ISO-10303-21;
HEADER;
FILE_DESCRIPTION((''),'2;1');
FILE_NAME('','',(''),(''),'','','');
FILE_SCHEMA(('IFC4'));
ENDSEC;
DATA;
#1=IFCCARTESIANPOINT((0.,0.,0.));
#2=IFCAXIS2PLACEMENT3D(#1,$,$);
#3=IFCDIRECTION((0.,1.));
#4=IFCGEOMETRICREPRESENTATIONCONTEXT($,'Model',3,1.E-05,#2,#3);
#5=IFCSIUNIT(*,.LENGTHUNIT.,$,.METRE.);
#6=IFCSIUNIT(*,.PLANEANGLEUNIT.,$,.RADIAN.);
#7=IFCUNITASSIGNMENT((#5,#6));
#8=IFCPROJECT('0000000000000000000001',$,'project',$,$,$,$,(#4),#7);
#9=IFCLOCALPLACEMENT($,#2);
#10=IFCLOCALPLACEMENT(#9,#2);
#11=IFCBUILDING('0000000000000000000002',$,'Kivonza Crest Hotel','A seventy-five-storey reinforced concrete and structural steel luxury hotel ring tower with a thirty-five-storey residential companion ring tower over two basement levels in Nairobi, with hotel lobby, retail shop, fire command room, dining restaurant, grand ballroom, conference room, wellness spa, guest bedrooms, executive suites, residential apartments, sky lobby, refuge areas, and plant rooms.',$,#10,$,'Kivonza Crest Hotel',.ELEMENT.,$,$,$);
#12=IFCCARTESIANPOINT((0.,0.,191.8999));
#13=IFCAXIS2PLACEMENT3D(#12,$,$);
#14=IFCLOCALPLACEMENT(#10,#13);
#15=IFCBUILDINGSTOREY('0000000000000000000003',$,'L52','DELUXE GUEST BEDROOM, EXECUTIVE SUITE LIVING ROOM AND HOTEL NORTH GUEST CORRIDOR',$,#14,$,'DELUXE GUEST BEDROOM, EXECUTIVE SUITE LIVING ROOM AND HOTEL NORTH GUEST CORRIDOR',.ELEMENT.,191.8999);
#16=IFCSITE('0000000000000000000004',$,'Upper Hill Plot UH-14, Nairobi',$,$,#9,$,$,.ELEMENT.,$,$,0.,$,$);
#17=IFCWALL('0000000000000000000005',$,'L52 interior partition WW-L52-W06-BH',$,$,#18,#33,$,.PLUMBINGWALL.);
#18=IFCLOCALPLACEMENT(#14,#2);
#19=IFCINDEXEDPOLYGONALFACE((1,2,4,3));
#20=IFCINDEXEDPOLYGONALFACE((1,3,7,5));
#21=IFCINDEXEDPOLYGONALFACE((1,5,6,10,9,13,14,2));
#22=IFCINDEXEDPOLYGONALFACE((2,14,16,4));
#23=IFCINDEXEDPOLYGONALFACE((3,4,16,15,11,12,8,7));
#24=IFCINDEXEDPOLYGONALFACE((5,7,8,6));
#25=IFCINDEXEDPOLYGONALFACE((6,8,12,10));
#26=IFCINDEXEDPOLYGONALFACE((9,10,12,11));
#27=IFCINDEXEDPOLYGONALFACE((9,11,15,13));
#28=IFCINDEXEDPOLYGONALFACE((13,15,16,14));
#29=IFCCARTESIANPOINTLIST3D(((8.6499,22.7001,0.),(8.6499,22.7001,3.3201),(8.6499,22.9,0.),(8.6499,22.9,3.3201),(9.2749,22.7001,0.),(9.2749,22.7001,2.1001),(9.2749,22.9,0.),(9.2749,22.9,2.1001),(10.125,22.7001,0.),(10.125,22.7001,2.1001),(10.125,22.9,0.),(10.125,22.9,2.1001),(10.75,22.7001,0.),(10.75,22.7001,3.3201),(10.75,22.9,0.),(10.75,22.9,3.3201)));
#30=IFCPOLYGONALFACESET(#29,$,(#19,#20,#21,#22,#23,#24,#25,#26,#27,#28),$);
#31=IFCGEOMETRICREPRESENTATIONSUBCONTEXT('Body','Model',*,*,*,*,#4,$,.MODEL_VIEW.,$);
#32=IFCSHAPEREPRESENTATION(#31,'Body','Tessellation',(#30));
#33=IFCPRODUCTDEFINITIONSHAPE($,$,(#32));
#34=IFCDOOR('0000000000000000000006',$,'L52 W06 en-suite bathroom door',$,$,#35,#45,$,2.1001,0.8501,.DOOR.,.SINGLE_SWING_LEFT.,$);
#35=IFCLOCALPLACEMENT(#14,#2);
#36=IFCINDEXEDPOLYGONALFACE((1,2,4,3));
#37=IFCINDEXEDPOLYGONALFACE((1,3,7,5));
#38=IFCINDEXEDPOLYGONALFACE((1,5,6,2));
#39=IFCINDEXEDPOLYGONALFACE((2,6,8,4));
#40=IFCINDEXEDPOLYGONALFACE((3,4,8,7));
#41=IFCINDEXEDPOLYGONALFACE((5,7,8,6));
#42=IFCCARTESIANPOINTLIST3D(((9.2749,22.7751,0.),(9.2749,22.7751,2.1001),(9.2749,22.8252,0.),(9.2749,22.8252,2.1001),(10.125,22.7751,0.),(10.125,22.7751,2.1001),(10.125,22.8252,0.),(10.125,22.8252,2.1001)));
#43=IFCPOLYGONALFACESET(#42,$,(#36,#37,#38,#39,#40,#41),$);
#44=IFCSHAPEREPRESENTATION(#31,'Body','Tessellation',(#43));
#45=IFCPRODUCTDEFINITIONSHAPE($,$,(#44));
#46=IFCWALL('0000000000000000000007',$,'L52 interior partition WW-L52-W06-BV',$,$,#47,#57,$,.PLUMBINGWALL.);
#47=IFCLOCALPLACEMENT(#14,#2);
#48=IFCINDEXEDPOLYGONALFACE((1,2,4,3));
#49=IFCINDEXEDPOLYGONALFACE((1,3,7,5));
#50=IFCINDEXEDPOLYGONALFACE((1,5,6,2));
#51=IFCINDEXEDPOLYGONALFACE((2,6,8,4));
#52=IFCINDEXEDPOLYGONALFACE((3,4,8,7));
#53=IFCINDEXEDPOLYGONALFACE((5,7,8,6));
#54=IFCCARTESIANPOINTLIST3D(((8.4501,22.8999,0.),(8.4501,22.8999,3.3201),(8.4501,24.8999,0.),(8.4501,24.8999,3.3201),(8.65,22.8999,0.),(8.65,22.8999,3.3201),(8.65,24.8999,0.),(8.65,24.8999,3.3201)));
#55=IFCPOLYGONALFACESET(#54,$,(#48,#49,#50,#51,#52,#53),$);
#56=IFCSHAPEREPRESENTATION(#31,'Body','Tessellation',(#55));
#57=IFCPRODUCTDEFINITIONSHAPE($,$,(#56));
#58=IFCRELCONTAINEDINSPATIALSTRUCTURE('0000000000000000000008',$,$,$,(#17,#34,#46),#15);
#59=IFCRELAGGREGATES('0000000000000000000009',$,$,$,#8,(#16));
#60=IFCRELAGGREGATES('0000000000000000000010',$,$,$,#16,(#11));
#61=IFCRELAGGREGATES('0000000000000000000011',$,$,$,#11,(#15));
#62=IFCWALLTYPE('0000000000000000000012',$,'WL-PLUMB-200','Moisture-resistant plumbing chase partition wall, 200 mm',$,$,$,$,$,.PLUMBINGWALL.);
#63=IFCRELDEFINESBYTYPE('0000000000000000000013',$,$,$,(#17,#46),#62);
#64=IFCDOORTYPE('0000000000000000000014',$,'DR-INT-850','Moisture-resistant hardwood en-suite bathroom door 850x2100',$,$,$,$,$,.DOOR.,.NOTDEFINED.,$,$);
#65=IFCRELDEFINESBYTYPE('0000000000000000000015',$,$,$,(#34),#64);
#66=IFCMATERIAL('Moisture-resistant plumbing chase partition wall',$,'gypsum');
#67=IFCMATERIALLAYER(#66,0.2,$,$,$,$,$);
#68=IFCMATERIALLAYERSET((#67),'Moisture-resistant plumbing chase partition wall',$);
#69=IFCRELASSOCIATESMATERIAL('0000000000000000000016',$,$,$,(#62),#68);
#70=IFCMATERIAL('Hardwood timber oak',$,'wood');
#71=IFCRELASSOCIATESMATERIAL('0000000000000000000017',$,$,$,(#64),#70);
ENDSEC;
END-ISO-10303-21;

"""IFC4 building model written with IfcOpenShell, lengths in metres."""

from ifc_helpers import new_model, si_unit, direction, frame, frame_2d, origin, place, context, subcontext, project, spatial, rectangle, extrude, material, layer, layer_set, type_object, element, fill, save


model = new_model("IFC4")

# Units and contexts
model_context = context("Model", 3, precision=1e-05, world=origin(), true_north=direction((0.0, 1.0)))
body_context = subcontext(model_context, "Body", "Model", "MODEL_VIEW")
ifc_project = project(units=[si_unit("LENGTHUNIT", "METRE"), si_unit("PLANEANGLEUNIT", "RADIAN")], contexts=[model_context])

# Site, building, storey
site_placement = place(None, origin())
site = spatial("IfcSite", under=ifc_project, at=site_placement, Name="Upper Hill Plot UH-14, Nairobi", CompositionType="ELEMENT", RefElevation=0.0)
building_placement = place(site_placement, origin())
building = spatial("IfcBuilding", under=site, at=building_placement, Name="Kivonza Crest Hotel", Description="A seventy-five-storey reinforced concrete and structural steel luxury hotel ring tower with a thirty-five-storey residential companion ring tower over two basement levels in Nairobi, with hotel lobby, retail shop, fire command room, dining restaurant, grand ballroom, conference room, wellness spa, guest bedrooms, executive suites, residential apartments, sky lobby, refuge areas, and plant rooms.", LongName="Kivonza Crest Hotel", CompositionType="ELEMENT")
storey_placement = place(building_placement, frame((0.0, 0.0, 191.8999)))
storey = spatial("IfcBuildingStorey", under=building, at=storey_placement, Name="L52", Description="DELUXE GUEST BEDROOM, EXECUTIVE SUITE LIVING ROOM AND HOTEL NORTH GUEST CORRIDOR", LongName="DELUXE GUEST BEDROOM, EXECUTIVE SUITE LIVING ROOM AND HOTEL NORTH GUEST CORRIDOR", CompositionType="ELEMENT", Elevation=191.8999)

# Shared definitions
ifc_material_1 = material(Name="Hardwood timber oak", Category="wood")

# Wall, opening, door
ifc_material_2 = material(Name="Moisture-resistant plumbing chase partition wall", Category="gypsum")
ifc_layer_1 = layer(ifc_material_2, 0.2)
ifc_layer_set_1 = layer_set([ifc_layer_1], Name="Moisture-resistant plumbing chase partition wall")
wall_type_1 = type_object("IfcWallType", Name="WL-PLUMB-200", Description="Moisture-resistant plumbing chase partition wall, 200 mm", PredefinedType="PLUMBINGWALL", material=ifc_layer_set_1)
wall_1_placement = place(storey_placement, frame((8.6499, 22.8, 0.0), z_axis=(0.0, 0.0, 1.0), x_axis=(1.0, 0.0, 0.0)))
wall_1 = element("IfcWall", 1, at=wall_1_placement, inside=storey, type_object=wall_type_1, Name="L52 interior partition WW-L52-W06-BH", PredefinedType="PLUMBINGWALL", context=body_context, shape_type="SweptSolid", body=[
    extrude(rectangle(XDim=2.1001, YDim=0.2, at=frame_2d((1.05, 0.0))), origin(), (0.0, 0.0, 1.0), 3.3201),
])
opening_1_placement = place(wall_1_placement, frame((0.625, 0.0, 0.0)))
opening_1 = element("IfcOpeningElement", 2, at=opening_1_placement, cuts=wall_1, PredefinedType="OPENING", context=body_context, shape_type="SweptSolid", body=[
    extrude(rectangle(XDim=0.8501, YDim=2.1001, at=frame_2d((0.425, 1.05))), frame((0.0, 0.1099, 0.0), z_axis=(0.0, -1.0, 0.0), x_axis=(1.0, 0.0, 0.0)), (0.0, 0.0, 1.0), 0.22),
])
door_type_1 = type_object("IfcDoorType", Name="DR-INT-850", Description="Moisture-resistant hardwood en-suite bathroom door 850x2100", OperationType="NOTDEFINED", PredefinedType="DOOR", material=ifc_material_1)
door_1_placement = place(opening_1_placement, frame((0.8501, 0.0, 0.0), z_axis=(0.0, 0.0, 1.0), x_axis=(-1.0, 0.0, 0.0)))
door_1 = element("IfcDoor", 3, at=door_1_placement, inside=storey, type_object=door_type_1, Name="L52 W06 en-suite bathroom door", OperationType="SINGLE_SWING_LEFT", OverallHeight=2.1001, OverallWidth=0.8501, PredefinedType="DOOR", context=body_context, shape_type="SweptSolid", body=[
    extrude(rectangle(XDim=0.8501, YDim=2.1001, at=frame_2d((0.425, 1.05))), frame((0.0, 0.0249, 0.0), z_axis=(0.0, -1.0, 0.0), x_axis=(1.0, 0.0, 0.0)), (0.0, 0.0, 1.0), 0.05),
])
fill(opening_1, door_1)

# Wall
wall_2_placement = place(storey_placement, frame((8.55, 22.8999, 0.0), z_axis=(0.0, 0.0, 1.0), x_axis=(0.0, 1.0, 0.0)))
element("IfcWall", 4, at=wall_2_placement, inside=storey, type_object=wall_type_1, Name="L52 interior partition WW-L52-W06-BV", PredefinedType="PLUMBINGWALL", context=body_context, shape_type="SweptSolid", body=[
    extrude(rectangle(XDim=2.0, YDim=0.2, at=frame_2d((1.0, 0.0))), origin(), (0.0, 0.0, 1.0), 3.3201),
])

save(model, "model.ifc")
